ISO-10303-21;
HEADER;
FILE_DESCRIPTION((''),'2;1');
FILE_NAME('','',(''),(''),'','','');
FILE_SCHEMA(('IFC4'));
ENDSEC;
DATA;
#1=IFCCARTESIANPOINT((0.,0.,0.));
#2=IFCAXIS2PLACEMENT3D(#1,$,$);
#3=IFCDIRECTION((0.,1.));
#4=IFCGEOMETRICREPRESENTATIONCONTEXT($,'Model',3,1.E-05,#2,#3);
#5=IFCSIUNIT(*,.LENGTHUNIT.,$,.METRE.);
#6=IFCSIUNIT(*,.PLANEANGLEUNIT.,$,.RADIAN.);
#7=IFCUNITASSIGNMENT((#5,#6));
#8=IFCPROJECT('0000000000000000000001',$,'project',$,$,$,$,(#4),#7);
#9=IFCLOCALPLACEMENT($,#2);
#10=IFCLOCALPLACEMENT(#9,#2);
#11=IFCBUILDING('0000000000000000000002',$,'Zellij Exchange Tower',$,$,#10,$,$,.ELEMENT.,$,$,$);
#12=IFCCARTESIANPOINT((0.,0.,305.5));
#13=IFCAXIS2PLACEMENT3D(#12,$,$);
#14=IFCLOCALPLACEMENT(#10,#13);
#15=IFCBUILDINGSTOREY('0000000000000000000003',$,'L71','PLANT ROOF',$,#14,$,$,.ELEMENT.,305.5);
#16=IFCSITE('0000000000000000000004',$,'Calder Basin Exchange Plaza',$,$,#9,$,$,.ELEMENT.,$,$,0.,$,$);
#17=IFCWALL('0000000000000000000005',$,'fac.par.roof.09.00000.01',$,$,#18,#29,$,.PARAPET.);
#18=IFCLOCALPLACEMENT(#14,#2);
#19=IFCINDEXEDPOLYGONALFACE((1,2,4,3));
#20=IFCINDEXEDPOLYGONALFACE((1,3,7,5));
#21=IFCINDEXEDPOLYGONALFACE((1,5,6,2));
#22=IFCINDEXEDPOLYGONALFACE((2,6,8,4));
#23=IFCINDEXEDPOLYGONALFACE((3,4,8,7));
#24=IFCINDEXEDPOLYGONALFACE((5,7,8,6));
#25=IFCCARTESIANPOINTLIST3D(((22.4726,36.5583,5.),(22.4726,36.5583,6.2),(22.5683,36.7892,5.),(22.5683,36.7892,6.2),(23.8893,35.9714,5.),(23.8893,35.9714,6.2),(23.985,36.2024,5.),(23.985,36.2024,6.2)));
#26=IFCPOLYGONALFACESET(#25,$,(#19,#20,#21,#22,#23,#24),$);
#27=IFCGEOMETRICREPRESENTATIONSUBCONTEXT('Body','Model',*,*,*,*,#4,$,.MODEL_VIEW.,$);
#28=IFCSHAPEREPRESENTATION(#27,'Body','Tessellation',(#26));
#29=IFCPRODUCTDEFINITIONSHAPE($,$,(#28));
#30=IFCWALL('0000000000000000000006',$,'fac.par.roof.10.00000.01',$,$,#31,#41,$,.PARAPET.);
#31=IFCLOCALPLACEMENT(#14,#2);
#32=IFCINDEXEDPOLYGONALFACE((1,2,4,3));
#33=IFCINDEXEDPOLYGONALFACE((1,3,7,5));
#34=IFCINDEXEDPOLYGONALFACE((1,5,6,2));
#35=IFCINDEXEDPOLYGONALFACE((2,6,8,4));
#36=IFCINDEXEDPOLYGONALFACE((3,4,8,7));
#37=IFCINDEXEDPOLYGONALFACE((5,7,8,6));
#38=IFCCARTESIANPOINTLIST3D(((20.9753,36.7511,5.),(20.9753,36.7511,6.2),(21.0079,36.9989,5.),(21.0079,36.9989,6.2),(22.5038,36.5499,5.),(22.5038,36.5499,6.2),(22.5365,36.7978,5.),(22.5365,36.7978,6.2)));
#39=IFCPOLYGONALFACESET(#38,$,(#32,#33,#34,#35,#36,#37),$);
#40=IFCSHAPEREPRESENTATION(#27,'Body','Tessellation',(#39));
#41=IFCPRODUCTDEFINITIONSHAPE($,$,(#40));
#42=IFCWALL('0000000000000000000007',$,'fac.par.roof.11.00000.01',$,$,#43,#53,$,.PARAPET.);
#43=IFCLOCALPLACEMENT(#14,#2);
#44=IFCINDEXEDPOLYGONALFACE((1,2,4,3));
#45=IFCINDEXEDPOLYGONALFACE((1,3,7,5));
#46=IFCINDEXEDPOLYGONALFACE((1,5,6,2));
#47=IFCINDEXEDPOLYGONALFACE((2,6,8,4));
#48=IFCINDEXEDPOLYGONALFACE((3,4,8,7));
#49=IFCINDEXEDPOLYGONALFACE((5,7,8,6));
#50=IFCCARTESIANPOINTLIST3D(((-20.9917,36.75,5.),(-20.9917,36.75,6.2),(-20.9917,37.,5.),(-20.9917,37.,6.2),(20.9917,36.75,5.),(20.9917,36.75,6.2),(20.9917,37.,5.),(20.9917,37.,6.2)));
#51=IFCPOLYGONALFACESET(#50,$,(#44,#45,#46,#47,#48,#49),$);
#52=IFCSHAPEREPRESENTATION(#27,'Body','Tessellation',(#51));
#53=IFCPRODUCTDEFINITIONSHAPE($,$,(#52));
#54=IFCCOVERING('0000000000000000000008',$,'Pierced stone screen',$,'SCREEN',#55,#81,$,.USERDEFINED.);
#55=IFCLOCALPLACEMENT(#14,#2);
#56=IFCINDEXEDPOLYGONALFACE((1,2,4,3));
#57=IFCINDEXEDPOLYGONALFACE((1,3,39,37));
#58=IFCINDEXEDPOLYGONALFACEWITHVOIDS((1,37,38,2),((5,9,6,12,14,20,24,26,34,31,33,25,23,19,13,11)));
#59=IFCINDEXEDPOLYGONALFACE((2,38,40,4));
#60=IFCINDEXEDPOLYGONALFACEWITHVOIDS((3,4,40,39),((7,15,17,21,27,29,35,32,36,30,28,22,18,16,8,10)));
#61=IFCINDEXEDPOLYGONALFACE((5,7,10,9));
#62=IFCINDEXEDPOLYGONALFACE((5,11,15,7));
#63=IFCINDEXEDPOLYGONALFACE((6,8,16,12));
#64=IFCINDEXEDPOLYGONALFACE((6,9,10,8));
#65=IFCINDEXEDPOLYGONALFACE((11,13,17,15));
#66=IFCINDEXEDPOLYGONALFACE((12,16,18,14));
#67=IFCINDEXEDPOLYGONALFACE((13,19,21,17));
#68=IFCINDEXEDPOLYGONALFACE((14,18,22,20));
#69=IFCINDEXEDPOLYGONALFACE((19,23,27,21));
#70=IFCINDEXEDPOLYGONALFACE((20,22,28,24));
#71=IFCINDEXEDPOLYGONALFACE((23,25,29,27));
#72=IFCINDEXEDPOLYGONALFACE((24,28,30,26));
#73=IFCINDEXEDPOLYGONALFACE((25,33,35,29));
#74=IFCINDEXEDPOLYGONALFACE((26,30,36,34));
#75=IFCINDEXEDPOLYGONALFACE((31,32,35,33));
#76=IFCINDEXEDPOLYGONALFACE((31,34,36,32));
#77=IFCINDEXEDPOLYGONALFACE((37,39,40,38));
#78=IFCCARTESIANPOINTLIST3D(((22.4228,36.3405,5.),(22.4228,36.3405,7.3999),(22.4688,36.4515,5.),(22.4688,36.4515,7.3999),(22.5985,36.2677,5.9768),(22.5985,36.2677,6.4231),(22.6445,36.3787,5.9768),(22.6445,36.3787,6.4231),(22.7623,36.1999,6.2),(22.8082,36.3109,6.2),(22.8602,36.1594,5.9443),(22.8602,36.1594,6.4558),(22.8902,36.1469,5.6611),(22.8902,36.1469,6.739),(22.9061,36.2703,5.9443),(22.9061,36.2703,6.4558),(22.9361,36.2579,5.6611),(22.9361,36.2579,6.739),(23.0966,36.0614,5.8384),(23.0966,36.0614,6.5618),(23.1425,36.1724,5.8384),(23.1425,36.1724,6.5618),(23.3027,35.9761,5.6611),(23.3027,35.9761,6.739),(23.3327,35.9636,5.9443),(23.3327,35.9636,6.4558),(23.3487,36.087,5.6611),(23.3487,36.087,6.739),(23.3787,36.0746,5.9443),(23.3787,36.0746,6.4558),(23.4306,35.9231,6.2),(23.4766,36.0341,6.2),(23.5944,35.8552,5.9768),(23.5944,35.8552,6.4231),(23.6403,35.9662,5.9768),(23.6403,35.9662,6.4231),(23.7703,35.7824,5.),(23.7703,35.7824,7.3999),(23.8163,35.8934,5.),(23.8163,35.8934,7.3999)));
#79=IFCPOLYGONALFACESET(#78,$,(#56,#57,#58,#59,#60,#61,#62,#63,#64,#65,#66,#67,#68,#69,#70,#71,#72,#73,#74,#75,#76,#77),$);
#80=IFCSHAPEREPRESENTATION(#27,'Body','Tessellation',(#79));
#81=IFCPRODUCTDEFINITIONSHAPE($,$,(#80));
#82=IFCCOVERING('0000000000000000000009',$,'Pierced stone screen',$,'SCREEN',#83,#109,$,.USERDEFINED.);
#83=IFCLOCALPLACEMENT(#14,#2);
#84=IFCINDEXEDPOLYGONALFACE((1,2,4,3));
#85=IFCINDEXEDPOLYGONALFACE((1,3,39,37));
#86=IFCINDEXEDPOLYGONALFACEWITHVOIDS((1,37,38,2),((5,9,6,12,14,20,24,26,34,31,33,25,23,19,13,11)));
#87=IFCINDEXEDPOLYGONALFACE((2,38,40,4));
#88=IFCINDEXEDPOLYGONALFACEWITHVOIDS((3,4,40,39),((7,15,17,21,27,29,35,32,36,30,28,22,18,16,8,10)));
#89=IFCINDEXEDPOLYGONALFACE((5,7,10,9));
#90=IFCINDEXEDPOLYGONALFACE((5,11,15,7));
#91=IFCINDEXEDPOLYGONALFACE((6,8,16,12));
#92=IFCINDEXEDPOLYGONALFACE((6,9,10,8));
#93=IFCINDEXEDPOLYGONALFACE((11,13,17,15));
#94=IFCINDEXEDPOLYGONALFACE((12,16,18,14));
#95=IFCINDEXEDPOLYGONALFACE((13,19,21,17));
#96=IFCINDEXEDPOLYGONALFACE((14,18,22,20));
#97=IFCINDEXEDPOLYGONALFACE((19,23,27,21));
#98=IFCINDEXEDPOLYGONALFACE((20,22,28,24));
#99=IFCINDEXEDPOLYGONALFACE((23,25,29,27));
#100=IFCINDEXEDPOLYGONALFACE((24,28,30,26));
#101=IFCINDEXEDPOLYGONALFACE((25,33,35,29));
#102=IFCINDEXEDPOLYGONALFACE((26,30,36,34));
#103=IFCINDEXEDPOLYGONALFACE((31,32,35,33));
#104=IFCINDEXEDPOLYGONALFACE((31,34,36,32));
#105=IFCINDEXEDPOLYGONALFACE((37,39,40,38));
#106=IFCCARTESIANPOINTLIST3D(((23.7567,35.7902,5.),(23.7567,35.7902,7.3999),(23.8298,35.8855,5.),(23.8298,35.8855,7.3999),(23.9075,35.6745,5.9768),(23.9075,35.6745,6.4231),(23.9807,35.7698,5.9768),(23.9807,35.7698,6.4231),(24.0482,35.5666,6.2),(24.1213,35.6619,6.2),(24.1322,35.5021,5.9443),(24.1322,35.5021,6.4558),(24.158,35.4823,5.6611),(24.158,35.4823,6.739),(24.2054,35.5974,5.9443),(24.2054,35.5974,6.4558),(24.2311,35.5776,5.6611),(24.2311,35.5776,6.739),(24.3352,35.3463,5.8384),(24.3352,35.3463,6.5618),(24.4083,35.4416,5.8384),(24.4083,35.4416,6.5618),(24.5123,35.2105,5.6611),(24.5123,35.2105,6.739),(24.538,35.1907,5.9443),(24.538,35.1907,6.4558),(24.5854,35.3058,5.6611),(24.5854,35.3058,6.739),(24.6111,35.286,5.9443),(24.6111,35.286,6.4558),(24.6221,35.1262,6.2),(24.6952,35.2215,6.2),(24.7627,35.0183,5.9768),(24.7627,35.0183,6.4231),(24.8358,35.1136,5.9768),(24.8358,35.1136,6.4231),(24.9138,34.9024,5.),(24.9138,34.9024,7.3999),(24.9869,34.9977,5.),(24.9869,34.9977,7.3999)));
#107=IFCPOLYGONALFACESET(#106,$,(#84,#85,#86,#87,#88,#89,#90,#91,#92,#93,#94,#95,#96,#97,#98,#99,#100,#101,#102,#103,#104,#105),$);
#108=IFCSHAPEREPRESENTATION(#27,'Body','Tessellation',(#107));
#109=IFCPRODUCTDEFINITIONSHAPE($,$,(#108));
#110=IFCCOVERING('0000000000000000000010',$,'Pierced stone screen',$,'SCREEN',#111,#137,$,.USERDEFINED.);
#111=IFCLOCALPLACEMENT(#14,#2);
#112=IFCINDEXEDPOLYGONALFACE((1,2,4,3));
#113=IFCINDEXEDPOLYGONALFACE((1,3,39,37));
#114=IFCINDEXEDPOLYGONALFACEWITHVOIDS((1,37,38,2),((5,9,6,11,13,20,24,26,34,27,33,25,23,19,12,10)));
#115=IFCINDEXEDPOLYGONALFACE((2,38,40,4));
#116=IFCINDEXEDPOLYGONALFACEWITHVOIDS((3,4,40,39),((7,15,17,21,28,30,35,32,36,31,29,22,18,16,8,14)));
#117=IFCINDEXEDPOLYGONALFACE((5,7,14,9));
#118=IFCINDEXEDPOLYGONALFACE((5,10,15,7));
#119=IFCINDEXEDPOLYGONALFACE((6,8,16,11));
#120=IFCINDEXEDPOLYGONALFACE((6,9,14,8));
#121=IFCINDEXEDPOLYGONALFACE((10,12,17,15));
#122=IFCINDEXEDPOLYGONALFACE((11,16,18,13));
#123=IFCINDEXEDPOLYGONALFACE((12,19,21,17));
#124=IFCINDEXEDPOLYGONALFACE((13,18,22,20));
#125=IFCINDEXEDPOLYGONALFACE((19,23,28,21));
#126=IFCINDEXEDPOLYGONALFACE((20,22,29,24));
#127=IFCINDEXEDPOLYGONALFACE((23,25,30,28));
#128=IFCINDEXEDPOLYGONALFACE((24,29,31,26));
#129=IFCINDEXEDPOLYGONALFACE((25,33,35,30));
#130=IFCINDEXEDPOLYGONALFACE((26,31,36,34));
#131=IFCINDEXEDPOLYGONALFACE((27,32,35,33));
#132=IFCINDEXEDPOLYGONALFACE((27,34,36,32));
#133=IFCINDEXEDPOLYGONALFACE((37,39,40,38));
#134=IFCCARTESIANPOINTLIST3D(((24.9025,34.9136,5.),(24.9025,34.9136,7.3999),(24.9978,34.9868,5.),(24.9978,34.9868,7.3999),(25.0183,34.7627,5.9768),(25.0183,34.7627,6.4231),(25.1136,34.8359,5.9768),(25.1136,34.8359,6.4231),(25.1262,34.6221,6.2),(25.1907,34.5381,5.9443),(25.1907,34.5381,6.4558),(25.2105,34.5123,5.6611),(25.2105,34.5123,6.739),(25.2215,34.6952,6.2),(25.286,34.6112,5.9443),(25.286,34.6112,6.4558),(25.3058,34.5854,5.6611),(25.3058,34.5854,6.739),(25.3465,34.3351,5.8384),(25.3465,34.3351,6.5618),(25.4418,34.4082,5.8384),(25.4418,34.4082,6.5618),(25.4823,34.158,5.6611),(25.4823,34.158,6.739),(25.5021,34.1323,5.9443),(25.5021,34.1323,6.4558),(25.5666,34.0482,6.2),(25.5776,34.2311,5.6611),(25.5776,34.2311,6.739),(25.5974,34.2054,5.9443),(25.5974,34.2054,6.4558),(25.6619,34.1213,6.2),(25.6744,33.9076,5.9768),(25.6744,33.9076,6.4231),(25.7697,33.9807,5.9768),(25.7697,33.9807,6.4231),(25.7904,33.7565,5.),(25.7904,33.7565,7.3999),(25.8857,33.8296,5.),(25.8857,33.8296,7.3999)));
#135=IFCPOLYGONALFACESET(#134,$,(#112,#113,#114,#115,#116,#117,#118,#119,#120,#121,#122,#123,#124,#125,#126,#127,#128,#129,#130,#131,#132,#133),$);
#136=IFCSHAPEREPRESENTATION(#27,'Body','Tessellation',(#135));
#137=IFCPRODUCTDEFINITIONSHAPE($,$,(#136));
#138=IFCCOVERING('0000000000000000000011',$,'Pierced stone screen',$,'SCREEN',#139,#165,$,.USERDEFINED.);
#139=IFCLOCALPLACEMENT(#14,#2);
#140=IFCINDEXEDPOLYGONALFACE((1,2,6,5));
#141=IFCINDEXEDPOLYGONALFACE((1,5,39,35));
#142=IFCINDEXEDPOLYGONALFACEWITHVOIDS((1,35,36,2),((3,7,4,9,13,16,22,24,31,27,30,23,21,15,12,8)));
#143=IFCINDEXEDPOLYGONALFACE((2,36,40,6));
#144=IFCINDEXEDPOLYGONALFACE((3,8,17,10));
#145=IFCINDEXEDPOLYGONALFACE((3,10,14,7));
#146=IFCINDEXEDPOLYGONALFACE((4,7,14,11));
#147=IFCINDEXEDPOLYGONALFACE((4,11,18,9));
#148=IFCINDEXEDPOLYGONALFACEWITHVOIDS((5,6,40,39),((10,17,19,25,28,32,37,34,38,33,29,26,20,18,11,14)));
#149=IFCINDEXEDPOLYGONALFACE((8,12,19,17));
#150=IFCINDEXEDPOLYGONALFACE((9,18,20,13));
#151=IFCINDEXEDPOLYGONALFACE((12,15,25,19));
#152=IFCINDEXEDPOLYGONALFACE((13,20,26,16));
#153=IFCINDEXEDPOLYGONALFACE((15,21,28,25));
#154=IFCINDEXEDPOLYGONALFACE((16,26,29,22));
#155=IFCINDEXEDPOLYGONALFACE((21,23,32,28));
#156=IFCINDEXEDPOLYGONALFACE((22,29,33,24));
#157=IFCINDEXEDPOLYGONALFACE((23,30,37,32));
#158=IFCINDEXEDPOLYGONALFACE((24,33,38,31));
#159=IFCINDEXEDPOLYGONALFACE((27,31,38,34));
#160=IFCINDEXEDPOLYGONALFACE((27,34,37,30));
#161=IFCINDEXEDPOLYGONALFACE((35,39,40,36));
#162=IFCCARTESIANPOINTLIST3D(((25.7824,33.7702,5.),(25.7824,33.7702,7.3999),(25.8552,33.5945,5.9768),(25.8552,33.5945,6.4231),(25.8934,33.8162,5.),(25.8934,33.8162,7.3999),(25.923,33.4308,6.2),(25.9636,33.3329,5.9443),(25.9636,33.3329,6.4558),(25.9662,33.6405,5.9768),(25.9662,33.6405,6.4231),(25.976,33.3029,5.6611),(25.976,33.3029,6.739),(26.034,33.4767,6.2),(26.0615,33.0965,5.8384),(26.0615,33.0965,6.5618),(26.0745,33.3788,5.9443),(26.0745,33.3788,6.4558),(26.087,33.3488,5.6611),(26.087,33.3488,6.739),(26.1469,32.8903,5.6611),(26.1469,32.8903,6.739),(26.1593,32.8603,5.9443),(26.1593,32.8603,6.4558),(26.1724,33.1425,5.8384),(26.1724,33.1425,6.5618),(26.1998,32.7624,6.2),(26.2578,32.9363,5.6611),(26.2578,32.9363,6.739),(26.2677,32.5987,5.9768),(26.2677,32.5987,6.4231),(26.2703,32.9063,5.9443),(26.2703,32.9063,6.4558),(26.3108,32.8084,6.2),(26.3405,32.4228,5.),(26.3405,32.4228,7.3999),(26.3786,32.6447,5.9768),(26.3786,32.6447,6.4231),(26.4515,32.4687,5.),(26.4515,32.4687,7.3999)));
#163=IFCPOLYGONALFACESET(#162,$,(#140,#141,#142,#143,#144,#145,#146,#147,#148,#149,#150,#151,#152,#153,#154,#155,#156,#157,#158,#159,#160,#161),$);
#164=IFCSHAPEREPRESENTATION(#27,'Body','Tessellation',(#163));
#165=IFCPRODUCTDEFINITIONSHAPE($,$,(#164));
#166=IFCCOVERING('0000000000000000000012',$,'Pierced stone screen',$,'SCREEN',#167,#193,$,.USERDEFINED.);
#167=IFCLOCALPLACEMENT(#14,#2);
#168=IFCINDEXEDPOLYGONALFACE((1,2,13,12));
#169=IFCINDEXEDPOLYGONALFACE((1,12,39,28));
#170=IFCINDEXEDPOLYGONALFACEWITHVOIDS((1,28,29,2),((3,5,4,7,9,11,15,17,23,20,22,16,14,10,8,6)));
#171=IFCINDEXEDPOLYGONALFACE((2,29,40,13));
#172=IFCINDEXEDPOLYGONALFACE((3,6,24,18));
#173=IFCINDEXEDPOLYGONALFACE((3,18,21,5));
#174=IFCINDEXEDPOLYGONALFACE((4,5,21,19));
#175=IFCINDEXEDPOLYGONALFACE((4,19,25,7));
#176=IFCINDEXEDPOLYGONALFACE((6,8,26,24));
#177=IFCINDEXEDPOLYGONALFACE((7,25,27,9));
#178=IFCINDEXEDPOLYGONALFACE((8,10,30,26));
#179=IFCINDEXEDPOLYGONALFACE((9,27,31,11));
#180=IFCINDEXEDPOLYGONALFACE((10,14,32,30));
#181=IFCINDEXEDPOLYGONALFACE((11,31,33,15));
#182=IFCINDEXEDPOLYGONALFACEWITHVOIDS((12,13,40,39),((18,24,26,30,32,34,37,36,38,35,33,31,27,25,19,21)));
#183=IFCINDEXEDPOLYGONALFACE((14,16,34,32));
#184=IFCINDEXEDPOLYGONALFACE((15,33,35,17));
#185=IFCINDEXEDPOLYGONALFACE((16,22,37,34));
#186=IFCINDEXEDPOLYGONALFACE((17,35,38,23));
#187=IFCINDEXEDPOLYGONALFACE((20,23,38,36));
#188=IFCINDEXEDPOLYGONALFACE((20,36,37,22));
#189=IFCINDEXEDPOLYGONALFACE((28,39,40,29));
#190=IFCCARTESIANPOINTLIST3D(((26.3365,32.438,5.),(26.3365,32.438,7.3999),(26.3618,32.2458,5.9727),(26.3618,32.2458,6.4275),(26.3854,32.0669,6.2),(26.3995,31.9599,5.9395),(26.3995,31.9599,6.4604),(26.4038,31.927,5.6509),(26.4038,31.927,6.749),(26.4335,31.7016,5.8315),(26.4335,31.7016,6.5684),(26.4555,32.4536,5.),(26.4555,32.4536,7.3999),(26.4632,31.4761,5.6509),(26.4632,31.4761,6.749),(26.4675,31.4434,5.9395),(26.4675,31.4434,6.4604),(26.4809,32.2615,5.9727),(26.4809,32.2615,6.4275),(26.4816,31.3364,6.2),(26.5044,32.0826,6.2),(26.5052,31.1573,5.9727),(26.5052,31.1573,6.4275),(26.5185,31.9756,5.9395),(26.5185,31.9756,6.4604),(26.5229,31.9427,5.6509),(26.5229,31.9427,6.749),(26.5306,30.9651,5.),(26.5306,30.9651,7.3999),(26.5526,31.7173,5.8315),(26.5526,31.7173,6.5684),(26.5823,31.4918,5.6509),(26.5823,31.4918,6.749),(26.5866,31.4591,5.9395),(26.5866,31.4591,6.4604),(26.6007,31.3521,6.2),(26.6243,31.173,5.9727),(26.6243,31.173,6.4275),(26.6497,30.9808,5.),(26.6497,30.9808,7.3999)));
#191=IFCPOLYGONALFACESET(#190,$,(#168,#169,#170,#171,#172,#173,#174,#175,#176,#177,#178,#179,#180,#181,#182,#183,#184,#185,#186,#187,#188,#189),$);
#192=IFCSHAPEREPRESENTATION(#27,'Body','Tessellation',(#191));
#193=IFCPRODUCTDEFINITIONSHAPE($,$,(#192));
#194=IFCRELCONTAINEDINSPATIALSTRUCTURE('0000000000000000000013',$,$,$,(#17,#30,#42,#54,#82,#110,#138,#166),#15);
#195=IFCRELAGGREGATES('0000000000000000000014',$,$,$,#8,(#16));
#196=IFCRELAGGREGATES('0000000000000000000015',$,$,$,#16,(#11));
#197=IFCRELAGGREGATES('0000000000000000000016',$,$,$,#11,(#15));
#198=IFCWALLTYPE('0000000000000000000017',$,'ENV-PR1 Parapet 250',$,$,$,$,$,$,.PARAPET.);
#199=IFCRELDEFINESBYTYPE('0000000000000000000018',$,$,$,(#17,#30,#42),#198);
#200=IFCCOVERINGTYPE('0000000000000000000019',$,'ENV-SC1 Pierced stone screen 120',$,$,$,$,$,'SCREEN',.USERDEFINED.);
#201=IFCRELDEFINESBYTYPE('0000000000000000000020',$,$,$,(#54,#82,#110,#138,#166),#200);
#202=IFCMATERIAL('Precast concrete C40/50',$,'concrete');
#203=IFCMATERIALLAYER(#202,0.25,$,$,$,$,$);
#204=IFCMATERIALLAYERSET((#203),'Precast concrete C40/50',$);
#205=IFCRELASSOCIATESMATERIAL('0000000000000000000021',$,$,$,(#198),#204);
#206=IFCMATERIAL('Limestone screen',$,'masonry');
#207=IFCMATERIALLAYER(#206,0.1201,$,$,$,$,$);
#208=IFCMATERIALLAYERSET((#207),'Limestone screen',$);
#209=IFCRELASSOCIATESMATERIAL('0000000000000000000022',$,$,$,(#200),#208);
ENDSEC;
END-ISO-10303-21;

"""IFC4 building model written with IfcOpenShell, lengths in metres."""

from ifc_helpers import new_model, si_unit, direction, frame, frame_2d, origin, place, context, subcontext, project, spatial, polyline, rectangle, outline, extrude, material, layer, layer_set, type_object, element, save


model = new_model("IFC4")

# Units and contexts
model_context = context("Model", 3, precision=1e-05, world=origin(), true_north=direction((0.0, 1.0)))
body_context = subcontext(model_context, "Body", "Model", "MODEL_VIEW")
ifc_project = project(units=[si_unit("LENGTHUNIT", "METRE"), si_unit("PLANEANGLEUNIT", "RADIAN")], contexts=[model_context])

# Site, building, storey
site_placement = place(None, origin())
site = spatial("IfcSite", under=ifc_project, at=site_placement, Name="Calder Basin Exchange Plaza", CompositionType="ELEMENT", RefElevation=0.0)
building_placement = place(site_placement, origin())
building = spatial("IfcBuilding", under=site, at=building_placement, Name="Zellij Exchange Tower", CompositionType="ELEMENT")
storey_placement = place(building_placement, frame((0.0, 0.0, 305.5)))
storey = spatial("IfcBuildingStorey", under=building, at=storey_placement, Name="L71", Description="PLANT ROOF", CompositionType="ELEMENT", Elevation=305.5)

# Walls
ifc_material_1 = material(Name="Precast concrete C40/50", Category="concrete")
ifc_layer_1 = layer(ifc_material_1, 0.25)
ifc_layer_set_1 = layer_set([ifc_layer_1], Name="Precast concrete C40/50")
wall_type_1 = type_object("IfcWallType", Name="ENV-PR1 Parapet 250", PredefinedType="PARAPET", material=ifc_layer_set_1)
wall_1_placement = place(storey_placement, frame((23.937, 36.0869, 5.0), z_axis=(0.0, 0.0, 1.0), x_axis=(-0.923862, 0.382727, 0.0)))
element("IfcWall", 1, at=wall_1_placement, inside=storey, type_object=wall_type_1, Name="fac.par.roof.09.00000.01", PredefinedType="PARAPET", context=body_context, shape_type="SweptSolid", body=[
    extrude(rectangle(XDim=1.5334, YDim=0.25, at=frame_2d((0.7666, 0.0))), origin(), (0.0, 0.0, 1.0), 1.2),
])
wall_2_placement = place(storey_placement, frame((22.5203, 36.6738, 5.0), z_axis=(0.0, 0.0, 1.0), x_axis=(-0.991451, 0.130483, 0.0)))
element("IfcWall", 2, at=wall_2_placement, inside=storey, type_object=wall_type_1, Name="fac.par.roof.10.00000.01", PredefinedType="PARAPET", context=body_context, shape_type="SweptSolid", body=[
    extrude(rectangle(XDim=1.5417, YDim=0.25, at=frame_2d((0.771, 0.0))), origin(), (0.0, 0.0, 1.0), 1.2),
])
wall_3_placement = place(storey_placement, frame((20.9917, 36.875, 5.0), z_axis=(0.0, 0.0, 1.0), x_axis=(-1.0, 0.0, 0.0)))
element("IfcWall", 3, at=wall_3_placement, inside=storey, type_object=wall_type_1, Name="fac.par.roof.11.00000.01", PredefinedType="PARAPET", context=body_context, shape_type="SweptSolid", body=[
    extrude(rectangle(XDim=41.9834, YDim=0.25, at=frame_2d((20.9917, 0.0))), origin(), (0.0, 0.0, 1.0), 1.2),
])

# Coverings
ifc_material_2 = material(Name="Limestone screen", Category="masonry")
ifc_layer_2 = layer(ifc_material_2, 0.1201)
ifc_layer_set_2 = layer_set([ifc_layer_2], Name="Limestone screen")
covering_type = type_object("IfcCoveringType", Name="ENV-SC1 Pierced stone screen 120", ElementType="SCREEN", PredefinedType="USERDEFINED", material=ifc_layer_set_2)
for number, where, z_axis, x_axis, name in (
    (4, (22.4458, 36.396, 5.0), (0.0, 0.0, 1.0), (0.923882, -0.382677, 0.0), "Pierced stone screen"),
    (5, (23.7932, 35.8379, 5.0), (0.0, 0.0, 1.0), (0.793383, -0.608723, 0.0), "Pierced stone screen"),
    (6, (24.9502, 34.9502, 5.0), (0.0, 0.0, 1.0), (0.608723, -0.793383, 0.0), "Pierced stone screen"),
    (7, (25.8379, 33.7932, 5.0), (0.0, 0.0, 1.0), (0.382677, -0.923882, 0.0), "Pierced stone screen"),
):
    element("IfcCovering", number, at=place(storey_placement, frame(where, z_axis=z_axis, x_axis=x_axis)), inside=storey, type_object=covering_type, Name=name, ObjectType="SCREEN", PredefinedType="USERDEFINED", context=body_context, shape_type="SweptSolid", body=[
        extrude(outline(polyline([(0.0, 0.0), (1.4585, 0.0), (1.4585, 2.3999), (0.0, 2.3999), (0.0, 0.0)]), holes=[polyline([(1.2681, 1.4231), (0.9849, 1.4558), (0.9524, 1.739), (0.7292, 1.5618), (0.5059, 1.739), (0.4734, 1.4558), (0.1902, 1.4231), (0.3674, 1.2), (0.1902, 0.9768), (0.4734, 0.9443), (0.5059, 0.6611), (0.7292, 0.8384), (0.9524, 0.6611), (0.9849, 0.9443), (1.2681, 0.9768), (1.0908, 1.2), (1.2681, 1.4231)])]), frame((0.0, 0.0601, 0.0), z_axis=(0.0, -1.0, 0.0), x_axis=(1.0, 0.0, 0.0)), (0.0, 0.0, 1.0), 0.1201),
    ])
covering_placement = place(storey_placement, frame((26.396, 32.4458, 5.0), z_axis=(0.0, 0.0, 1.0), x_axis=(0.130667, -0.991426, 0.0)))
element("IfcCovering", 8, at=covering_placement, inside=storey, type_object=covering_type, Name="Pierced stone screen", ObjectType="SCREEN", PredefinedType="USERDEFINED", context=body_context, shape_type="SweptSolid", body=[
    extrude(outline(polyline([(0.0, 0.0), (1.4856, 0.0), (1.4856, 2.3999), (0.0, 2.3999), (0.0, 0.0)]), holes=[polyline([(1.2917, 1.4275), (1.0032, 1.4604), (0.9702, 1.749), (0.7427, 1.5684), (0.5154, 1.749), (0.4822, 1.4604), (0.1938, 1.4275), (0.3743, 1.2), (0.1938, 0.9727), (0.4822, 0.9395), (0.5154, 0.6509), (0.7427, 0.8315), (0.9702, 0.6509), (1.0032, 0.9395), (1.2917, 0.9727), (1.1111, 1.2), (1.2917, 1.4275)])]), frame((0.0, 0.0601, 0.0), z_axis=(0.0, -1.0, 0.0), x_axis=(1.0, 0.0, 0.0)), (0.0, 0.0, 1.0), 0.1201),
])

save(model, "model.ifc")
